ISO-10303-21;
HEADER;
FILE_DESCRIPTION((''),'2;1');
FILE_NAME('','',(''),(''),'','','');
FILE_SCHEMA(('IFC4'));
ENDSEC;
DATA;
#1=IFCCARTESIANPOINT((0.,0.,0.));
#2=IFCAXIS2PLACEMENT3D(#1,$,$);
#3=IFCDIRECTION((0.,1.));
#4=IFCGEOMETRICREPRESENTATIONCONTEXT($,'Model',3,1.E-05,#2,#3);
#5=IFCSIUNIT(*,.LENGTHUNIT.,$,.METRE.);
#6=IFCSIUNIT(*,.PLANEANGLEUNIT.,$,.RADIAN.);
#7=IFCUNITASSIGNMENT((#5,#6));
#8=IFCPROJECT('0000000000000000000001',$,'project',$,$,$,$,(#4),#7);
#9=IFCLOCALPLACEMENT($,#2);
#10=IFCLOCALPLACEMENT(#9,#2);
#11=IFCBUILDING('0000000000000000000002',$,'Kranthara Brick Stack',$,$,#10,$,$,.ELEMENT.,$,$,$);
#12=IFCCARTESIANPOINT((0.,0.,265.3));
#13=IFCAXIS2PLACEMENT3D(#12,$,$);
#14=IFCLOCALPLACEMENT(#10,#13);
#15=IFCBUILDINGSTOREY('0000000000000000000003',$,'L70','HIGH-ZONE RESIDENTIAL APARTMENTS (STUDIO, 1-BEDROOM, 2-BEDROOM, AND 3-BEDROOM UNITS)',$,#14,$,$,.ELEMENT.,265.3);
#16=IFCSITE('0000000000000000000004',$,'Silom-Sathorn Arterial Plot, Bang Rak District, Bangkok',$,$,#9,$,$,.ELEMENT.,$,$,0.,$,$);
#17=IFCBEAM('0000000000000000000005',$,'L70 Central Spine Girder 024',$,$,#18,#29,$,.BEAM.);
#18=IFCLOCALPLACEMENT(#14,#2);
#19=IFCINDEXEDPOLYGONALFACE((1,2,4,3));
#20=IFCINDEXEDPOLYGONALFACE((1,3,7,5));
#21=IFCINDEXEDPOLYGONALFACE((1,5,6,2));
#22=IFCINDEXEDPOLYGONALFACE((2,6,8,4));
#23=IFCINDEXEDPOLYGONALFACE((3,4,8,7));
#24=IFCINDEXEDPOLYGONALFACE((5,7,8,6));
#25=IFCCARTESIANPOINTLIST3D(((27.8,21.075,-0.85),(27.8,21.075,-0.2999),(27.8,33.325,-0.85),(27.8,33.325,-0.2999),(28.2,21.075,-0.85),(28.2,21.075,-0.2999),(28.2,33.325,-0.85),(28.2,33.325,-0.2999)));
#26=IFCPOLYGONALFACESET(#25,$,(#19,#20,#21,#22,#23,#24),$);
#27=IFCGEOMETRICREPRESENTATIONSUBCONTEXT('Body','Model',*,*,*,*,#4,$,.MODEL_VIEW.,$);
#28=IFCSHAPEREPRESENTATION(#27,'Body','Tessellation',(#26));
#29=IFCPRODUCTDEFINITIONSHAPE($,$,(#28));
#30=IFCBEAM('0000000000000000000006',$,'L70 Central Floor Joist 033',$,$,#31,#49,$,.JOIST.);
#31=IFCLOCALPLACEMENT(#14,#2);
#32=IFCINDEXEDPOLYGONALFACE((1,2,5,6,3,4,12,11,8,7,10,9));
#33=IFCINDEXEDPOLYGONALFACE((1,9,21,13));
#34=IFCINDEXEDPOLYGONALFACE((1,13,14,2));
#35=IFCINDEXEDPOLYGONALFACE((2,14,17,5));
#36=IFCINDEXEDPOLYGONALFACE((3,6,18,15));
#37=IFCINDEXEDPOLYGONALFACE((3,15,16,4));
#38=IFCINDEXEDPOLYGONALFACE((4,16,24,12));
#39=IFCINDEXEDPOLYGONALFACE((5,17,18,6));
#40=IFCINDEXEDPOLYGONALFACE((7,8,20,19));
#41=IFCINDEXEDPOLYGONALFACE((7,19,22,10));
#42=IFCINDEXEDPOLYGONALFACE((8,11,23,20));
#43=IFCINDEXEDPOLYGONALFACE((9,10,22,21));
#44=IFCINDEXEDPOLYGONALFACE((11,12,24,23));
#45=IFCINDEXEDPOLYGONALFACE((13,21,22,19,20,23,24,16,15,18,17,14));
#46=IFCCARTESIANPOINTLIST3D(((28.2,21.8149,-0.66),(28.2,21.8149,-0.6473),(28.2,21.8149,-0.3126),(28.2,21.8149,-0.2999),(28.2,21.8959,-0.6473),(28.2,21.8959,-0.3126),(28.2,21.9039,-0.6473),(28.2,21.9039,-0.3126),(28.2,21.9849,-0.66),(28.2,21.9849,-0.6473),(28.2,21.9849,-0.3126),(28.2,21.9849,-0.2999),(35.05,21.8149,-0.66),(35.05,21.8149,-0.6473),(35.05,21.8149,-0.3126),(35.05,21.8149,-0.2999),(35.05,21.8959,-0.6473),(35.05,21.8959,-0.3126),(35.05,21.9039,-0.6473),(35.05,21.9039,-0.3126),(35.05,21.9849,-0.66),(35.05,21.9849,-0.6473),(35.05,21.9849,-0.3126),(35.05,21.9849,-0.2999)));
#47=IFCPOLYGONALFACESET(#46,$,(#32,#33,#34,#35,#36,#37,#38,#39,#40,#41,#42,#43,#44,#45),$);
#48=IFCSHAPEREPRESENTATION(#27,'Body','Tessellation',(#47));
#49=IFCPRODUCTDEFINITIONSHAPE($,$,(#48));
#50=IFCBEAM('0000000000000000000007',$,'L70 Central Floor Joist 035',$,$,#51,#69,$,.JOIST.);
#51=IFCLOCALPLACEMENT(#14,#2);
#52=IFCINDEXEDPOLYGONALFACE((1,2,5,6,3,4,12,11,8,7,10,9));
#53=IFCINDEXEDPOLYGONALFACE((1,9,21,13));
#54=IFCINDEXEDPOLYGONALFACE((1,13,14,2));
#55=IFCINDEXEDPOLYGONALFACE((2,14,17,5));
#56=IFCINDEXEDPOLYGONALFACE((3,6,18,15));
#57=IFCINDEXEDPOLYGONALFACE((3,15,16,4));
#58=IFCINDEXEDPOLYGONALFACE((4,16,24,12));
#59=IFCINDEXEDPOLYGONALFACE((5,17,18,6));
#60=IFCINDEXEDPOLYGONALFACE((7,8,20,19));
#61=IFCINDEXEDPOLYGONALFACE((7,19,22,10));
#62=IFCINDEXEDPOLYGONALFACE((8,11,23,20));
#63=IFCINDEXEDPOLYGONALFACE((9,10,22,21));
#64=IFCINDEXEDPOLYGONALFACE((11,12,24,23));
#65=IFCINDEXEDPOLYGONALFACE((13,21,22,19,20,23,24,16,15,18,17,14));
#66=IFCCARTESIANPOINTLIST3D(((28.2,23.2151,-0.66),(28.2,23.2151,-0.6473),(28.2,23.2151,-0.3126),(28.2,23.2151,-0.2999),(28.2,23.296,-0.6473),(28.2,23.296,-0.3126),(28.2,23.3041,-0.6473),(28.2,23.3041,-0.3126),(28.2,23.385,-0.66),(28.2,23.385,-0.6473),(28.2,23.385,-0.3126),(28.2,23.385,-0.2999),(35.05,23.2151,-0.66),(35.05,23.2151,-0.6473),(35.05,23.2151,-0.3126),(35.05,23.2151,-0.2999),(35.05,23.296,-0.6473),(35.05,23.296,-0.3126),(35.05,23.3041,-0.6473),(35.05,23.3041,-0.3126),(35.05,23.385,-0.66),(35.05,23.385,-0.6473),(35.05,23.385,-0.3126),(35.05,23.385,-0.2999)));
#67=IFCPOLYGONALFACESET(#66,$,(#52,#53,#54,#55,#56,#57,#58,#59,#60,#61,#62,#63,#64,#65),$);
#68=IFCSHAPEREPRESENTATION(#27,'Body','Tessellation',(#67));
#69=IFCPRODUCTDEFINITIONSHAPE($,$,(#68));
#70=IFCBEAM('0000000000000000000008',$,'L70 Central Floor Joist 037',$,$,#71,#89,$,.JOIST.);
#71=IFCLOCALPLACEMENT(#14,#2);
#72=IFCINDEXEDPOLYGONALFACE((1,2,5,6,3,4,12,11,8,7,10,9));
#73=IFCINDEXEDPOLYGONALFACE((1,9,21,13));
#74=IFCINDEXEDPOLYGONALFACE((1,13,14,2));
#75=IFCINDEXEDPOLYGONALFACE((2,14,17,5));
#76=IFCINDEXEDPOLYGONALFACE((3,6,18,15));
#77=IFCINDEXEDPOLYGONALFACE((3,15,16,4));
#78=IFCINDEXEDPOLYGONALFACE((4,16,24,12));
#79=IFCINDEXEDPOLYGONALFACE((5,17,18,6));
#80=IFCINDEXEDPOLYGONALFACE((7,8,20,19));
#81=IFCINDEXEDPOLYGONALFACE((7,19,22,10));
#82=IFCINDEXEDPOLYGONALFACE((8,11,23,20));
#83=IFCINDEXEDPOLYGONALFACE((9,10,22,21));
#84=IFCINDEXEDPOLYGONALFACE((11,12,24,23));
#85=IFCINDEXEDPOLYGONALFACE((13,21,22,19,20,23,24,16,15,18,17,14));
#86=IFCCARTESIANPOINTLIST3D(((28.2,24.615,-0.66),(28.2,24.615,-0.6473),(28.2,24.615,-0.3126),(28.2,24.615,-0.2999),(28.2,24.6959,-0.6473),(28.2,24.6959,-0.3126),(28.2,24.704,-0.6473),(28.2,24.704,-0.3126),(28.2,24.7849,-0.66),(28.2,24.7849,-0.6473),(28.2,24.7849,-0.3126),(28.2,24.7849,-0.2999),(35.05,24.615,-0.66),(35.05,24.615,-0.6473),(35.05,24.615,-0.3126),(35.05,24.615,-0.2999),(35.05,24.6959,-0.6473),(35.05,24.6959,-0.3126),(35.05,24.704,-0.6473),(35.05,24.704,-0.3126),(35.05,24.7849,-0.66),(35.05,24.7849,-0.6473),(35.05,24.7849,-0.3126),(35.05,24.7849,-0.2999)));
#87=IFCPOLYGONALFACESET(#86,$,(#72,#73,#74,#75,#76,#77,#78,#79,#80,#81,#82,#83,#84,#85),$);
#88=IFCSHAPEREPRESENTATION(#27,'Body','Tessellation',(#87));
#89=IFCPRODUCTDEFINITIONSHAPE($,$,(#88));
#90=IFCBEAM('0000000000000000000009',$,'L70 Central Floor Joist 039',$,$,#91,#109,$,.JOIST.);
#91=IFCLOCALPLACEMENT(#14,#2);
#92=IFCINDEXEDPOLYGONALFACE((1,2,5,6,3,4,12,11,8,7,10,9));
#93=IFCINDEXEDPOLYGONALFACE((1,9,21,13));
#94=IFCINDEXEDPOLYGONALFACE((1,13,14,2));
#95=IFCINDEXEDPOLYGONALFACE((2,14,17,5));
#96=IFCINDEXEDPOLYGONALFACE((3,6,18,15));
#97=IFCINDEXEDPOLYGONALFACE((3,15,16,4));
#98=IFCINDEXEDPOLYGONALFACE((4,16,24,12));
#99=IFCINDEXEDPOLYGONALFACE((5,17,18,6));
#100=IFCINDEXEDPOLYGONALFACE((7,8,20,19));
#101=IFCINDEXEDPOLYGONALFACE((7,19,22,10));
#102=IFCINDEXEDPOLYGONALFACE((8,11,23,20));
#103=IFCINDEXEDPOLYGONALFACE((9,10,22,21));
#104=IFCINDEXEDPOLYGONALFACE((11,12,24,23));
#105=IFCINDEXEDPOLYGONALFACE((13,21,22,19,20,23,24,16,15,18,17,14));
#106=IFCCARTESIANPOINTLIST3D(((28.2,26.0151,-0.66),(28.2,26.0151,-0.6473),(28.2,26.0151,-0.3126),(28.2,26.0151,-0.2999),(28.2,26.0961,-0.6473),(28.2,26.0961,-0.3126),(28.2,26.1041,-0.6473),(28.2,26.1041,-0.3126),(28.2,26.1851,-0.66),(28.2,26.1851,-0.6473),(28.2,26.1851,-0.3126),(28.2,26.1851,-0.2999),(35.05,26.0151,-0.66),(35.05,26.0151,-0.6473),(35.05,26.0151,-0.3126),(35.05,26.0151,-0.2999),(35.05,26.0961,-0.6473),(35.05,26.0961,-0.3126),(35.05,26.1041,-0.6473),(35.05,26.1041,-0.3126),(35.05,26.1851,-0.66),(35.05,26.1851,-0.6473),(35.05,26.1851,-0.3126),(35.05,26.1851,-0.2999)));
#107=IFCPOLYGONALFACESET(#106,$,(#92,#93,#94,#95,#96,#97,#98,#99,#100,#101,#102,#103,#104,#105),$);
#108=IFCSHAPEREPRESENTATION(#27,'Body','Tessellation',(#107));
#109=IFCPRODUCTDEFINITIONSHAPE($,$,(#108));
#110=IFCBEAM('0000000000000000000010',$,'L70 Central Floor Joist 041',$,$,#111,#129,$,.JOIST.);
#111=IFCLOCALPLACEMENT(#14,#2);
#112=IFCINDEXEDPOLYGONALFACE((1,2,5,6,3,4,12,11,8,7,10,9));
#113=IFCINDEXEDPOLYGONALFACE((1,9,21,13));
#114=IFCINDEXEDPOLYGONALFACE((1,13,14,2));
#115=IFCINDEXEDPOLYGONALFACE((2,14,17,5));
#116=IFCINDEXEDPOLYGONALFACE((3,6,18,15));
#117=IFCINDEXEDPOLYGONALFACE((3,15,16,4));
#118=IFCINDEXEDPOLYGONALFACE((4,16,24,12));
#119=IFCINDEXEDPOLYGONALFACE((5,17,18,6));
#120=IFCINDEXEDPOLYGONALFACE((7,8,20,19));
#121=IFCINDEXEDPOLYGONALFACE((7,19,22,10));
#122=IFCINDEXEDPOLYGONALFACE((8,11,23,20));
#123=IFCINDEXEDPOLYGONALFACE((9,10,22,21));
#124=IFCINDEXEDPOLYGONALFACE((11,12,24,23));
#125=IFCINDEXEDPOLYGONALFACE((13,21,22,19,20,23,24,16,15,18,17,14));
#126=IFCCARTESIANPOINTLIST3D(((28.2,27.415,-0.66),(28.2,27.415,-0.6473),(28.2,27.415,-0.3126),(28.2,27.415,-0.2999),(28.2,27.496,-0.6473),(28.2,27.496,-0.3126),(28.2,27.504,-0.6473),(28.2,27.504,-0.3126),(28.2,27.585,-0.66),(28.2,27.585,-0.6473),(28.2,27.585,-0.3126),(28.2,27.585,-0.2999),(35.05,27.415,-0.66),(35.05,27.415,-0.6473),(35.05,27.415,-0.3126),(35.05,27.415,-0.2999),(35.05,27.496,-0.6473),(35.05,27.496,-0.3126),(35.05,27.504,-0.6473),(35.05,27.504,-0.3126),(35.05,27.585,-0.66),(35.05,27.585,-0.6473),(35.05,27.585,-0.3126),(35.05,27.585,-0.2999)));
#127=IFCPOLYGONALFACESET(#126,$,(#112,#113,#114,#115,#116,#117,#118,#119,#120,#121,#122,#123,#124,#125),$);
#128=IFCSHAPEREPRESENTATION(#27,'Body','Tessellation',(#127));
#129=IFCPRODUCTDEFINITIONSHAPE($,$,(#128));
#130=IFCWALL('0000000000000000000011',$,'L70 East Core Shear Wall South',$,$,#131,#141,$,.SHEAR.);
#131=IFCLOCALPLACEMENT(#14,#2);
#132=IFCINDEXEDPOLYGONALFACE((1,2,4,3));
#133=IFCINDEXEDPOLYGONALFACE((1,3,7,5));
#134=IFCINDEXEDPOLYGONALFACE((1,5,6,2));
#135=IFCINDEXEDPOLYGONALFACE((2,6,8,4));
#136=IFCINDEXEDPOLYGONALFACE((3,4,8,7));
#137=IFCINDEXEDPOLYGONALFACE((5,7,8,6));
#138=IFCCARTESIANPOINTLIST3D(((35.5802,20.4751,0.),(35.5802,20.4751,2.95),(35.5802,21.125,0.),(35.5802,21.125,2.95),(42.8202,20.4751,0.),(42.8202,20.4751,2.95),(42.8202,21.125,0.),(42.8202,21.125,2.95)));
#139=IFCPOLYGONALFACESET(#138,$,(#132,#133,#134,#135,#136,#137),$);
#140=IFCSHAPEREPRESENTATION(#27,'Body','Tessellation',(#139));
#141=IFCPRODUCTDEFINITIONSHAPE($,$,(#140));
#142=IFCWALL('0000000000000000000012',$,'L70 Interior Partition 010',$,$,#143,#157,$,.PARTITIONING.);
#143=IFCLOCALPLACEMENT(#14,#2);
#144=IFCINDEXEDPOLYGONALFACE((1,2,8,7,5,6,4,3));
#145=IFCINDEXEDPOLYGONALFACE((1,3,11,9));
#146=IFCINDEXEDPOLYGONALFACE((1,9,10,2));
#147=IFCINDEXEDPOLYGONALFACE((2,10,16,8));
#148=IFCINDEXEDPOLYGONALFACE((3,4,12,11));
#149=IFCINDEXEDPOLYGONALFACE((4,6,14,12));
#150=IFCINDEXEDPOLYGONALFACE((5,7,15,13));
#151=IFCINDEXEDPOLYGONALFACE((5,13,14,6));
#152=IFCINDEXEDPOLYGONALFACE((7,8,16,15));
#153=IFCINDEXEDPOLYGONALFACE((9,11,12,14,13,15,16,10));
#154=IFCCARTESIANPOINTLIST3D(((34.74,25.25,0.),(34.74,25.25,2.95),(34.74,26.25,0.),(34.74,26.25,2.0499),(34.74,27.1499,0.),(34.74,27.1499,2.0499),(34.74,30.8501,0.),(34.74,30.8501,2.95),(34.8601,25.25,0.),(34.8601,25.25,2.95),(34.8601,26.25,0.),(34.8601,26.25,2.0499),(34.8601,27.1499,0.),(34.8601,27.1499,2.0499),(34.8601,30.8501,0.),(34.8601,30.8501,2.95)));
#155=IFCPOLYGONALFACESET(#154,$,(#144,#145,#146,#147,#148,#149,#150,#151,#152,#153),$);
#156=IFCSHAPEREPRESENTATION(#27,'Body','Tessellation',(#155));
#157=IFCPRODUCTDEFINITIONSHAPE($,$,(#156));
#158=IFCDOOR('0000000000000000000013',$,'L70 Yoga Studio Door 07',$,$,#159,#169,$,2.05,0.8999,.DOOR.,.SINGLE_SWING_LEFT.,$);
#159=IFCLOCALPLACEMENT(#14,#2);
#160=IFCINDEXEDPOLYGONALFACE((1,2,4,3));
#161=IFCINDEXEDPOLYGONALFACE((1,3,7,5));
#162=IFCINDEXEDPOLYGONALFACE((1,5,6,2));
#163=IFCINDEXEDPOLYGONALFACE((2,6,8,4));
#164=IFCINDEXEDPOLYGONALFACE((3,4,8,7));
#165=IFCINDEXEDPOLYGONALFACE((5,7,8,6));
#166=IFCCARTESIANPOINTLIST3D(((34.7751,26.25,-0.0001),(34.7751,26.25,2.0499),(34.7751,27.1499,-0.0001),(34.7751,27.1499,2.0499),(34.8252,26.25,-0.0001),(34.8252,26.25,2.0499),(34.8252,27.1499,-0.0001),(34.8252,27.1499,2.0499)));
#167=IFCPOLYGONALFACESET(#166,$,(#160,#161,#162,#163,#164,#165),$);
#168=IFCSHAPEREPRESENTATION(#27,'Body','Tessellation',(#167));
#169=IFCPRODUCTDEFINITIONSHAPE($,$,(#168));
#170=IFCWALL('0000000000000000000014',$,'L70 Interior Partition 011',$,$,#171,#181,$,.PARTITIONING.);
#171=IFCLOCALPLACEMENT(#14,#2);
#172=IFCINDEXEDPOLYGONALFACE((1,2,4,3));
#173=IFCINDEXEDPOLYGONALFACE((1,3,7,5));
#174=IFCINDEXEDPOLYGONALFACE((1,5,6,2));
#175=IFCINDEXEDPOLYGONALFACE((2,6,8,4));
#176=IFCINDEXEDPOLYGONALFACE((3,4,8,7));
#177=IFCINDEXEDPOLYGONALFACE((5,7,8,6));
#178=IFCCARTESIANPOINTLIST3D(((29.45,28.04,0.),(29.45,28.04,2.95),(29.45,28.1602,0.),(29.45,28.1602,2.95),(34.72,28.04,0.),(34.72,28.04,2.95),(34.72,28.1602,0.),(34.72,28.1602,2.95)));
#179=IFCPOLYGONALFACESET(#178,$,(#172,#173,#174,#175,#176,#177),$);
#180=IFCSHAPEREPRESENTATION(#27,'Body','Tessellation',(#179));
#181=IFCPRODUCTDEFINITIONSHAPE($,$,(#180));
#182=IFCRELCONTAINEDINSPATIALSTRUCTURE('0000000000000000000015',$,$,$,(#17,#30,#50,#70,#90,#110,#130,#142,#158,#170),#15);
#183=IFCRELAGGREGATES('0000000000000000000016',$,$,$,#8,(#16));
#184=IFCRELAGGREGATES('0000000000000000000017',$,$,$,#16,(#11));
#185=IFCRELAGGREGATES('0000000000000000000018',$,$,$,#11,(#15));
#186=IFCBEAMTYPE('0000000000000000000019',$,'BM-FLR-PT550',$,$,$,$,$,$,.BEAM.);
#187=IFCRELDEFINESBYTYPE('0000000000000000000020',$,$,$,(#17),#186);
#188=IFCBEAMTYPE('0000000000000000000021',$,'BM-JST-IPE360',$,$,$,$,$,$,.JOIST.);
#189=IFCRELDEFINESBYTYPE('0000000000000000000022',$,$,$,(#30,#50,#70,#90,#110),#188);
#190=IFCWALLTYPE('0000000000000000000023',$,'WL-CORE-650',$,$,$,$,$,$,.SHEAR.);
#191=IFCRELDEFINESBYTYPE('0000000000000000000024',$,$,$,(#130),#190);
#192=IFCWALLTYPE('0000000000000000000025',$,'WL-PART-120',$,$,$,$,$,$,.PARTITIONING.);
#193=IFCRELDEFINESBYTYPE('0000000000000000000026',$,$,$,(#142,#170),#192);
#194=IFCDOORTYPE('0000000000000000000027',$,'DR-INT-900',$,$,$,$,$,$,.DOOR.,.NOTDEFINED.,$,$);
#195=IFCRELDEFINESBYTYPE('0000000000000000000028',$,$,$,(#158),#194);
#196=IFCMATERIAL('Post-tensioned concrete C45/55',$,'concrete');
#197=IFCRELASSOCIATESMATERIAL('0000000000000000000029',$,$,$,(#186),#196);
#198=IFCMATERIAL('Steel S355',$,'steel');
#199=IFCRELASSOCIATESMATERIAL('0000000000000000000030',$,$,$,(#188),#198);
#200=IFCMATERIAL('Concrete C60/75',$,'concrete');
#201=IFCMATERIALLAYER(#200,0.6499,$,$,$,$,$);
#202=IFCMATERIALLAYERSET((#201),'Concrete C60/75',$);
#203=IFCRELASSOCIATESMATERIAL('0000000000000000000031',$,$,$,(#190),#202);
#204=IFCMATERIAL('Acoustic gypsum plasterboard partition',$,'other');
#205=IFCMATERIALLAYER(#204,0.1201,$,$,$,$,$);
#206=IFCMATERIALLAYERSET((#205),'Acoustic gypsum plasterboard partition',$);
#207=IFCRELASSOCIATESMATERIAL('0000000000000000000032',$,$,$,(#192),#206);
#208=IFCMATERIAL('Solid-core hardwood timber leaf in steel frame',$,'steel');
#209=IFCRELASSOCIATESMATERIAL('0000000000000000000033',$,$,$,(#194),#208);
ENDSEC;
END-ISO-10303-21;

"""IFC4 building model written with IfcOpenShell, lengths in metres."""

from ifc_helpers import new_model, si_unit, direction, frame, frame_2d, origin, origin_2d, place, context, subcontext, project, spatial, rectangle, i_section, extrude, material, layer, layer_set, material_profile, profile_set, type_object, element, fill, save


model = new_model("IFC4")

# Units and contexts
model_context = context("Model", 3, precision=1e-05, world=origin(), true_north=direction((0.0, 1.0)))
body_context = subcontext(model_context, "Body", "Model", "MODEL_VIEW")
ifc_project = project(units=[si_unit("LENGTHUNIT", "METRE"), si_unit("PLANEANGLEUNIT", "RADIAN")], contexts=[model_context])

# Site, building, storey
site_placement = place(None, origin())
site = spatial("IfcSite", under=ifc_project, at=site_placement, Name="Silom-Sathorn Arterial Plot, Bang Rak District, Bangkok", CompositionType="ELEMENT", RefElevation=0.0)
building_placement = place(site_placement, origin())
building = spatial("IfcBuilding", under=site, at=building_placement, Name="Kranthara Brick Stack", CompositionType="ELEMENT")
storey_placement = place(building_placement, frame((0.0, 0.0, 265.3)))
storey = spatial("IfcBuildingStorey", under=building, at=storey_placement, Name="L70", Description="HIGH-ZONE RESIDENTIAL APARTMENTS (STUDIO, 1-BEDROOM, 2-BEDROOM, AND 3-BEDROOM UNITS)", CompositionType="ELEMENT", Elevation=265.3)

# Beams
ifc_material_1 = material(Name="Post-tensioned concrete C45/55", Category="concrete")
ifc_material_profile_1 = material_profile(ifc_material_1, rectangle(XDim=0.3999, YDim=0.55, at=origin_2d()), Name="PT 400x550")
ifc_profile_set_1 = profile_set([ifc_material_profile_1], Name="Post-tensioned concrete C45/55")
beam_type_1 = type_object("IfcBeamType", Name="BM-FLR-PT550", PredefinedType="BEAM", material=ifc_profile_set_1)
beam_placement = place(storey_placement, frame((28.0, 21.075, -0.575), z_axis=(0.0, 1.0, 0.0), x_axis=(-1.0, 0.0, 0.0)))
element("IfcBeam", 1, at=beam_placement, inside=storey, type_object=beam_type_1, Name="L70 Central Spine Girder 024", PredefinedType="BEAM", context=body_context, shape_type="SweptSolid", body=[
    extrude(rectangle(XDim=0.3999, YDim=0.55, at=origin_2d()), origin(), (0.0, 0.0, 1.0), 12.25),
])
ifc_material_2 = material(Name="Steel S355", Category="steel")
ifc_material_profile_2 = material_profile(ifc_material_2, i_section(OverallWidth=0.1699, OverallDepth=0.3601, WebThickness=0.0081, FlangeThickness=0.0127, at=origin_2d()), Name="IPE 360")
ifc_profile_set_2 = profile_set([ifc_material_profile_2], Name="Steel S355")
beam_type_2 = type_object("IfcBeamType", Name="BM-JST-IPE360", PredefinedType="JOIST", material=ifc_profile_set_2)
for number, where, z_axis, x_axis, name in (
    (2, (28.2, 21.8999, -0.48), (1.0, 0.0, 0.0), (0.0, 1.0, 0.0), "L70 Central Floor Joist 033"),
    (3, (28.2, 23.3, -0.48), (1.0, 0.0, 0.0), (0.0, 1.0, 0.0), "L70 Central Floor Joist 035"),
    (4, (28.2, 24.7, -0.48), (1.0, 0.0, 0.0), (0.0, 1.0, 0.0), "L70 Central Floor Joist 037"),
    (5, (28.2, 26.1001, -0.48), (1.0, 0.0, 0.0), (0.0, 1.0, 0.0), "L70 Central Floor Joist 039"),
    (6, (28.2, 27.5, -0.48), (1.0, 0.0, 0.0), (0.0, 1.0, 0.0), "L70 Central Floor Joist 041"),
):
    element("IfcBeam", number, at=place(storey_placement, frame(where, z_axis=z_axis, x_axis=x_axis)), inside=storey, type_object=beam_type_2, Name=name, PredefinedType="JOIST", context=body_context, shape_type="SweptSolid", body=[
        extrude(i_section(OverallWidth=0.1699, OverallDepth=0.3601, WebThickness=0.0081, FlangeThickness=0.0127, at=origin_2d()), origin(), (0.0, 0.0, 1.0), 6.8501),
    ])

# Wall
ifc_material_3 = material(Name="Concrete C60/75", Category="concrete")
ifc_layer_1 = layer(ifc_material_3, 0.6499)
ifc_layer_set_1 = layer_set([ifc_layer_1], Name="Concrete C60/75")
wall_type_1 = type_object("IfcWallType", Name="WL-CORE-650", PredefinedType="SHEAR", material=ifc_layer_set_1)
wall_1_placement = place(storey_placement, frame((35.5801, 20.8, 0.0), z_axis=(0.0, 0.0, 1.0), x_axis=(1.0, 0.0, 0.0)))
element("IfcWall", 7, at=wall_1_placement, inside=storey, type_object=wall_type_1, Name="L70 East Core Shear Wall South", PredefinedType="SHEAR", context=body_context, shape_type="SweptSolid", body=[
    extrude(rectangle(XDim=7.24, YDim=0.6499, at=frame_2d((3.6201, 0.0))), origin(), (0.0, 0.0, 1.0), 2.95),
])

# Wall, opening, door
ifc_material_4 = material(Name="Acoustic gypsum plasterboard partition", Category="other")
ifc_layer_2 = layer(ifc_material_4, 0.1201)
ifc_layer_set_2 = layer_set([ifc_layer_2], Name="Acoustic gypsum plasterboard partition")
wall_type_2 = type_object("IfcWallType", Name="WL-PART-120", PredefinedType="PARTITIONING", material=ifc_layer_set_2)
wall_2_placement = place(storey_placement, frame((34.8, 25.25, 0.0), z_axis=(0.0, 0.0, 1.0), x_axis=(0.0, 1.0, 0.0)))
wall_2 = element("IfcWall", 8, at=wall_2_placement, inside=storey, type_object=wall_type_2, Name="L70 Interior Partition 010", PredefinedType="PARTITIONING", context=body_context, shape_type="SweptSolid", body=[
    extrude(rectangle(XDim=5.6001, YDim=0.1201, at=frame_2d((2.8, 0.0))), origin(), (0.0, 0.0, 1.0), 2.95),
])
opening_1_placement = place(wall_2_placement, frame((1.0, 0.0, 0.0)))
opening_1 = element("IfcOpeningElement", 9, at=opening_1_placement, cuts=wall_2, PredefinedType="OPENING", context=body_context, shape_type="SweptSolid", body=[
    extrude(rectangle(XDim=0.8999, YDim=2.05, at=frame_2d((0.45, 1.0249))), frame((0.0, 0.0701, 0.0), z_axis=(0.0, -1.0, 0.0), x_axis=(1.0, 0.0, 0.0)), (0.0, 0.0, 1.0), 0.1401),
])
ifc_material_5 = material(Name="Solid-core hardwood timber leaf in steel frame", Category="steel")
door_type_1 = type_object("IfcDoorType", Name="DR-INT-900", OperationType="NOTDEFINED", PredefinedType="DOOR", material=ifc_material_5)
door_1_placement = place(opening_1_placement, origin())
door_1 = element("IfcDoor", 10, at=door_1_placement, inside=storey, type_object=door_type_1, Name="L70 Yoga Studio Door 07", OperationType="SINGLE_SWING_LEFT", OverallHeight=2.05, OverallWidth=0.8999, PredefinedType="DOOR", context=body_context, shape_type="SweptSolid", body=[
    extrude(rectangle(XDim=0.8999, YDim=2.05, at=frame_2d((0.45, 1.0249))), frame((0.0, 0.0249, 0.0), z_axis=(0.0, -1.0, 0.0), x_axis=(1.0, 0.0, 0.0)), (0.0, 0.0, 1.0), 0.05),
])
fill(opening_1, door_1)

# Wall
wall_3_placement = place(storey_placement, frame((29.45, 28.1001, 0.0), z_axis=(0.0, 0.0, 1.0), x_axis=(1.0, 0.0, 0.0)))
element("IfcWall", 11, at=wall_3_placement, inside=storey, type_object=wall_type_2, Name="L70 Interior Partition 011", PredefinedType="PARTITIONING", context=body_context, shape_type="SweptSolid", body=[
    extrude(rectangle(XDim=5.27, YDim=0.1201, at=frame_2d((2.635, 0.0))), origin(), (0.0, 0.0, 1.0), 2.95),
])

save(model, "model.ifc")
